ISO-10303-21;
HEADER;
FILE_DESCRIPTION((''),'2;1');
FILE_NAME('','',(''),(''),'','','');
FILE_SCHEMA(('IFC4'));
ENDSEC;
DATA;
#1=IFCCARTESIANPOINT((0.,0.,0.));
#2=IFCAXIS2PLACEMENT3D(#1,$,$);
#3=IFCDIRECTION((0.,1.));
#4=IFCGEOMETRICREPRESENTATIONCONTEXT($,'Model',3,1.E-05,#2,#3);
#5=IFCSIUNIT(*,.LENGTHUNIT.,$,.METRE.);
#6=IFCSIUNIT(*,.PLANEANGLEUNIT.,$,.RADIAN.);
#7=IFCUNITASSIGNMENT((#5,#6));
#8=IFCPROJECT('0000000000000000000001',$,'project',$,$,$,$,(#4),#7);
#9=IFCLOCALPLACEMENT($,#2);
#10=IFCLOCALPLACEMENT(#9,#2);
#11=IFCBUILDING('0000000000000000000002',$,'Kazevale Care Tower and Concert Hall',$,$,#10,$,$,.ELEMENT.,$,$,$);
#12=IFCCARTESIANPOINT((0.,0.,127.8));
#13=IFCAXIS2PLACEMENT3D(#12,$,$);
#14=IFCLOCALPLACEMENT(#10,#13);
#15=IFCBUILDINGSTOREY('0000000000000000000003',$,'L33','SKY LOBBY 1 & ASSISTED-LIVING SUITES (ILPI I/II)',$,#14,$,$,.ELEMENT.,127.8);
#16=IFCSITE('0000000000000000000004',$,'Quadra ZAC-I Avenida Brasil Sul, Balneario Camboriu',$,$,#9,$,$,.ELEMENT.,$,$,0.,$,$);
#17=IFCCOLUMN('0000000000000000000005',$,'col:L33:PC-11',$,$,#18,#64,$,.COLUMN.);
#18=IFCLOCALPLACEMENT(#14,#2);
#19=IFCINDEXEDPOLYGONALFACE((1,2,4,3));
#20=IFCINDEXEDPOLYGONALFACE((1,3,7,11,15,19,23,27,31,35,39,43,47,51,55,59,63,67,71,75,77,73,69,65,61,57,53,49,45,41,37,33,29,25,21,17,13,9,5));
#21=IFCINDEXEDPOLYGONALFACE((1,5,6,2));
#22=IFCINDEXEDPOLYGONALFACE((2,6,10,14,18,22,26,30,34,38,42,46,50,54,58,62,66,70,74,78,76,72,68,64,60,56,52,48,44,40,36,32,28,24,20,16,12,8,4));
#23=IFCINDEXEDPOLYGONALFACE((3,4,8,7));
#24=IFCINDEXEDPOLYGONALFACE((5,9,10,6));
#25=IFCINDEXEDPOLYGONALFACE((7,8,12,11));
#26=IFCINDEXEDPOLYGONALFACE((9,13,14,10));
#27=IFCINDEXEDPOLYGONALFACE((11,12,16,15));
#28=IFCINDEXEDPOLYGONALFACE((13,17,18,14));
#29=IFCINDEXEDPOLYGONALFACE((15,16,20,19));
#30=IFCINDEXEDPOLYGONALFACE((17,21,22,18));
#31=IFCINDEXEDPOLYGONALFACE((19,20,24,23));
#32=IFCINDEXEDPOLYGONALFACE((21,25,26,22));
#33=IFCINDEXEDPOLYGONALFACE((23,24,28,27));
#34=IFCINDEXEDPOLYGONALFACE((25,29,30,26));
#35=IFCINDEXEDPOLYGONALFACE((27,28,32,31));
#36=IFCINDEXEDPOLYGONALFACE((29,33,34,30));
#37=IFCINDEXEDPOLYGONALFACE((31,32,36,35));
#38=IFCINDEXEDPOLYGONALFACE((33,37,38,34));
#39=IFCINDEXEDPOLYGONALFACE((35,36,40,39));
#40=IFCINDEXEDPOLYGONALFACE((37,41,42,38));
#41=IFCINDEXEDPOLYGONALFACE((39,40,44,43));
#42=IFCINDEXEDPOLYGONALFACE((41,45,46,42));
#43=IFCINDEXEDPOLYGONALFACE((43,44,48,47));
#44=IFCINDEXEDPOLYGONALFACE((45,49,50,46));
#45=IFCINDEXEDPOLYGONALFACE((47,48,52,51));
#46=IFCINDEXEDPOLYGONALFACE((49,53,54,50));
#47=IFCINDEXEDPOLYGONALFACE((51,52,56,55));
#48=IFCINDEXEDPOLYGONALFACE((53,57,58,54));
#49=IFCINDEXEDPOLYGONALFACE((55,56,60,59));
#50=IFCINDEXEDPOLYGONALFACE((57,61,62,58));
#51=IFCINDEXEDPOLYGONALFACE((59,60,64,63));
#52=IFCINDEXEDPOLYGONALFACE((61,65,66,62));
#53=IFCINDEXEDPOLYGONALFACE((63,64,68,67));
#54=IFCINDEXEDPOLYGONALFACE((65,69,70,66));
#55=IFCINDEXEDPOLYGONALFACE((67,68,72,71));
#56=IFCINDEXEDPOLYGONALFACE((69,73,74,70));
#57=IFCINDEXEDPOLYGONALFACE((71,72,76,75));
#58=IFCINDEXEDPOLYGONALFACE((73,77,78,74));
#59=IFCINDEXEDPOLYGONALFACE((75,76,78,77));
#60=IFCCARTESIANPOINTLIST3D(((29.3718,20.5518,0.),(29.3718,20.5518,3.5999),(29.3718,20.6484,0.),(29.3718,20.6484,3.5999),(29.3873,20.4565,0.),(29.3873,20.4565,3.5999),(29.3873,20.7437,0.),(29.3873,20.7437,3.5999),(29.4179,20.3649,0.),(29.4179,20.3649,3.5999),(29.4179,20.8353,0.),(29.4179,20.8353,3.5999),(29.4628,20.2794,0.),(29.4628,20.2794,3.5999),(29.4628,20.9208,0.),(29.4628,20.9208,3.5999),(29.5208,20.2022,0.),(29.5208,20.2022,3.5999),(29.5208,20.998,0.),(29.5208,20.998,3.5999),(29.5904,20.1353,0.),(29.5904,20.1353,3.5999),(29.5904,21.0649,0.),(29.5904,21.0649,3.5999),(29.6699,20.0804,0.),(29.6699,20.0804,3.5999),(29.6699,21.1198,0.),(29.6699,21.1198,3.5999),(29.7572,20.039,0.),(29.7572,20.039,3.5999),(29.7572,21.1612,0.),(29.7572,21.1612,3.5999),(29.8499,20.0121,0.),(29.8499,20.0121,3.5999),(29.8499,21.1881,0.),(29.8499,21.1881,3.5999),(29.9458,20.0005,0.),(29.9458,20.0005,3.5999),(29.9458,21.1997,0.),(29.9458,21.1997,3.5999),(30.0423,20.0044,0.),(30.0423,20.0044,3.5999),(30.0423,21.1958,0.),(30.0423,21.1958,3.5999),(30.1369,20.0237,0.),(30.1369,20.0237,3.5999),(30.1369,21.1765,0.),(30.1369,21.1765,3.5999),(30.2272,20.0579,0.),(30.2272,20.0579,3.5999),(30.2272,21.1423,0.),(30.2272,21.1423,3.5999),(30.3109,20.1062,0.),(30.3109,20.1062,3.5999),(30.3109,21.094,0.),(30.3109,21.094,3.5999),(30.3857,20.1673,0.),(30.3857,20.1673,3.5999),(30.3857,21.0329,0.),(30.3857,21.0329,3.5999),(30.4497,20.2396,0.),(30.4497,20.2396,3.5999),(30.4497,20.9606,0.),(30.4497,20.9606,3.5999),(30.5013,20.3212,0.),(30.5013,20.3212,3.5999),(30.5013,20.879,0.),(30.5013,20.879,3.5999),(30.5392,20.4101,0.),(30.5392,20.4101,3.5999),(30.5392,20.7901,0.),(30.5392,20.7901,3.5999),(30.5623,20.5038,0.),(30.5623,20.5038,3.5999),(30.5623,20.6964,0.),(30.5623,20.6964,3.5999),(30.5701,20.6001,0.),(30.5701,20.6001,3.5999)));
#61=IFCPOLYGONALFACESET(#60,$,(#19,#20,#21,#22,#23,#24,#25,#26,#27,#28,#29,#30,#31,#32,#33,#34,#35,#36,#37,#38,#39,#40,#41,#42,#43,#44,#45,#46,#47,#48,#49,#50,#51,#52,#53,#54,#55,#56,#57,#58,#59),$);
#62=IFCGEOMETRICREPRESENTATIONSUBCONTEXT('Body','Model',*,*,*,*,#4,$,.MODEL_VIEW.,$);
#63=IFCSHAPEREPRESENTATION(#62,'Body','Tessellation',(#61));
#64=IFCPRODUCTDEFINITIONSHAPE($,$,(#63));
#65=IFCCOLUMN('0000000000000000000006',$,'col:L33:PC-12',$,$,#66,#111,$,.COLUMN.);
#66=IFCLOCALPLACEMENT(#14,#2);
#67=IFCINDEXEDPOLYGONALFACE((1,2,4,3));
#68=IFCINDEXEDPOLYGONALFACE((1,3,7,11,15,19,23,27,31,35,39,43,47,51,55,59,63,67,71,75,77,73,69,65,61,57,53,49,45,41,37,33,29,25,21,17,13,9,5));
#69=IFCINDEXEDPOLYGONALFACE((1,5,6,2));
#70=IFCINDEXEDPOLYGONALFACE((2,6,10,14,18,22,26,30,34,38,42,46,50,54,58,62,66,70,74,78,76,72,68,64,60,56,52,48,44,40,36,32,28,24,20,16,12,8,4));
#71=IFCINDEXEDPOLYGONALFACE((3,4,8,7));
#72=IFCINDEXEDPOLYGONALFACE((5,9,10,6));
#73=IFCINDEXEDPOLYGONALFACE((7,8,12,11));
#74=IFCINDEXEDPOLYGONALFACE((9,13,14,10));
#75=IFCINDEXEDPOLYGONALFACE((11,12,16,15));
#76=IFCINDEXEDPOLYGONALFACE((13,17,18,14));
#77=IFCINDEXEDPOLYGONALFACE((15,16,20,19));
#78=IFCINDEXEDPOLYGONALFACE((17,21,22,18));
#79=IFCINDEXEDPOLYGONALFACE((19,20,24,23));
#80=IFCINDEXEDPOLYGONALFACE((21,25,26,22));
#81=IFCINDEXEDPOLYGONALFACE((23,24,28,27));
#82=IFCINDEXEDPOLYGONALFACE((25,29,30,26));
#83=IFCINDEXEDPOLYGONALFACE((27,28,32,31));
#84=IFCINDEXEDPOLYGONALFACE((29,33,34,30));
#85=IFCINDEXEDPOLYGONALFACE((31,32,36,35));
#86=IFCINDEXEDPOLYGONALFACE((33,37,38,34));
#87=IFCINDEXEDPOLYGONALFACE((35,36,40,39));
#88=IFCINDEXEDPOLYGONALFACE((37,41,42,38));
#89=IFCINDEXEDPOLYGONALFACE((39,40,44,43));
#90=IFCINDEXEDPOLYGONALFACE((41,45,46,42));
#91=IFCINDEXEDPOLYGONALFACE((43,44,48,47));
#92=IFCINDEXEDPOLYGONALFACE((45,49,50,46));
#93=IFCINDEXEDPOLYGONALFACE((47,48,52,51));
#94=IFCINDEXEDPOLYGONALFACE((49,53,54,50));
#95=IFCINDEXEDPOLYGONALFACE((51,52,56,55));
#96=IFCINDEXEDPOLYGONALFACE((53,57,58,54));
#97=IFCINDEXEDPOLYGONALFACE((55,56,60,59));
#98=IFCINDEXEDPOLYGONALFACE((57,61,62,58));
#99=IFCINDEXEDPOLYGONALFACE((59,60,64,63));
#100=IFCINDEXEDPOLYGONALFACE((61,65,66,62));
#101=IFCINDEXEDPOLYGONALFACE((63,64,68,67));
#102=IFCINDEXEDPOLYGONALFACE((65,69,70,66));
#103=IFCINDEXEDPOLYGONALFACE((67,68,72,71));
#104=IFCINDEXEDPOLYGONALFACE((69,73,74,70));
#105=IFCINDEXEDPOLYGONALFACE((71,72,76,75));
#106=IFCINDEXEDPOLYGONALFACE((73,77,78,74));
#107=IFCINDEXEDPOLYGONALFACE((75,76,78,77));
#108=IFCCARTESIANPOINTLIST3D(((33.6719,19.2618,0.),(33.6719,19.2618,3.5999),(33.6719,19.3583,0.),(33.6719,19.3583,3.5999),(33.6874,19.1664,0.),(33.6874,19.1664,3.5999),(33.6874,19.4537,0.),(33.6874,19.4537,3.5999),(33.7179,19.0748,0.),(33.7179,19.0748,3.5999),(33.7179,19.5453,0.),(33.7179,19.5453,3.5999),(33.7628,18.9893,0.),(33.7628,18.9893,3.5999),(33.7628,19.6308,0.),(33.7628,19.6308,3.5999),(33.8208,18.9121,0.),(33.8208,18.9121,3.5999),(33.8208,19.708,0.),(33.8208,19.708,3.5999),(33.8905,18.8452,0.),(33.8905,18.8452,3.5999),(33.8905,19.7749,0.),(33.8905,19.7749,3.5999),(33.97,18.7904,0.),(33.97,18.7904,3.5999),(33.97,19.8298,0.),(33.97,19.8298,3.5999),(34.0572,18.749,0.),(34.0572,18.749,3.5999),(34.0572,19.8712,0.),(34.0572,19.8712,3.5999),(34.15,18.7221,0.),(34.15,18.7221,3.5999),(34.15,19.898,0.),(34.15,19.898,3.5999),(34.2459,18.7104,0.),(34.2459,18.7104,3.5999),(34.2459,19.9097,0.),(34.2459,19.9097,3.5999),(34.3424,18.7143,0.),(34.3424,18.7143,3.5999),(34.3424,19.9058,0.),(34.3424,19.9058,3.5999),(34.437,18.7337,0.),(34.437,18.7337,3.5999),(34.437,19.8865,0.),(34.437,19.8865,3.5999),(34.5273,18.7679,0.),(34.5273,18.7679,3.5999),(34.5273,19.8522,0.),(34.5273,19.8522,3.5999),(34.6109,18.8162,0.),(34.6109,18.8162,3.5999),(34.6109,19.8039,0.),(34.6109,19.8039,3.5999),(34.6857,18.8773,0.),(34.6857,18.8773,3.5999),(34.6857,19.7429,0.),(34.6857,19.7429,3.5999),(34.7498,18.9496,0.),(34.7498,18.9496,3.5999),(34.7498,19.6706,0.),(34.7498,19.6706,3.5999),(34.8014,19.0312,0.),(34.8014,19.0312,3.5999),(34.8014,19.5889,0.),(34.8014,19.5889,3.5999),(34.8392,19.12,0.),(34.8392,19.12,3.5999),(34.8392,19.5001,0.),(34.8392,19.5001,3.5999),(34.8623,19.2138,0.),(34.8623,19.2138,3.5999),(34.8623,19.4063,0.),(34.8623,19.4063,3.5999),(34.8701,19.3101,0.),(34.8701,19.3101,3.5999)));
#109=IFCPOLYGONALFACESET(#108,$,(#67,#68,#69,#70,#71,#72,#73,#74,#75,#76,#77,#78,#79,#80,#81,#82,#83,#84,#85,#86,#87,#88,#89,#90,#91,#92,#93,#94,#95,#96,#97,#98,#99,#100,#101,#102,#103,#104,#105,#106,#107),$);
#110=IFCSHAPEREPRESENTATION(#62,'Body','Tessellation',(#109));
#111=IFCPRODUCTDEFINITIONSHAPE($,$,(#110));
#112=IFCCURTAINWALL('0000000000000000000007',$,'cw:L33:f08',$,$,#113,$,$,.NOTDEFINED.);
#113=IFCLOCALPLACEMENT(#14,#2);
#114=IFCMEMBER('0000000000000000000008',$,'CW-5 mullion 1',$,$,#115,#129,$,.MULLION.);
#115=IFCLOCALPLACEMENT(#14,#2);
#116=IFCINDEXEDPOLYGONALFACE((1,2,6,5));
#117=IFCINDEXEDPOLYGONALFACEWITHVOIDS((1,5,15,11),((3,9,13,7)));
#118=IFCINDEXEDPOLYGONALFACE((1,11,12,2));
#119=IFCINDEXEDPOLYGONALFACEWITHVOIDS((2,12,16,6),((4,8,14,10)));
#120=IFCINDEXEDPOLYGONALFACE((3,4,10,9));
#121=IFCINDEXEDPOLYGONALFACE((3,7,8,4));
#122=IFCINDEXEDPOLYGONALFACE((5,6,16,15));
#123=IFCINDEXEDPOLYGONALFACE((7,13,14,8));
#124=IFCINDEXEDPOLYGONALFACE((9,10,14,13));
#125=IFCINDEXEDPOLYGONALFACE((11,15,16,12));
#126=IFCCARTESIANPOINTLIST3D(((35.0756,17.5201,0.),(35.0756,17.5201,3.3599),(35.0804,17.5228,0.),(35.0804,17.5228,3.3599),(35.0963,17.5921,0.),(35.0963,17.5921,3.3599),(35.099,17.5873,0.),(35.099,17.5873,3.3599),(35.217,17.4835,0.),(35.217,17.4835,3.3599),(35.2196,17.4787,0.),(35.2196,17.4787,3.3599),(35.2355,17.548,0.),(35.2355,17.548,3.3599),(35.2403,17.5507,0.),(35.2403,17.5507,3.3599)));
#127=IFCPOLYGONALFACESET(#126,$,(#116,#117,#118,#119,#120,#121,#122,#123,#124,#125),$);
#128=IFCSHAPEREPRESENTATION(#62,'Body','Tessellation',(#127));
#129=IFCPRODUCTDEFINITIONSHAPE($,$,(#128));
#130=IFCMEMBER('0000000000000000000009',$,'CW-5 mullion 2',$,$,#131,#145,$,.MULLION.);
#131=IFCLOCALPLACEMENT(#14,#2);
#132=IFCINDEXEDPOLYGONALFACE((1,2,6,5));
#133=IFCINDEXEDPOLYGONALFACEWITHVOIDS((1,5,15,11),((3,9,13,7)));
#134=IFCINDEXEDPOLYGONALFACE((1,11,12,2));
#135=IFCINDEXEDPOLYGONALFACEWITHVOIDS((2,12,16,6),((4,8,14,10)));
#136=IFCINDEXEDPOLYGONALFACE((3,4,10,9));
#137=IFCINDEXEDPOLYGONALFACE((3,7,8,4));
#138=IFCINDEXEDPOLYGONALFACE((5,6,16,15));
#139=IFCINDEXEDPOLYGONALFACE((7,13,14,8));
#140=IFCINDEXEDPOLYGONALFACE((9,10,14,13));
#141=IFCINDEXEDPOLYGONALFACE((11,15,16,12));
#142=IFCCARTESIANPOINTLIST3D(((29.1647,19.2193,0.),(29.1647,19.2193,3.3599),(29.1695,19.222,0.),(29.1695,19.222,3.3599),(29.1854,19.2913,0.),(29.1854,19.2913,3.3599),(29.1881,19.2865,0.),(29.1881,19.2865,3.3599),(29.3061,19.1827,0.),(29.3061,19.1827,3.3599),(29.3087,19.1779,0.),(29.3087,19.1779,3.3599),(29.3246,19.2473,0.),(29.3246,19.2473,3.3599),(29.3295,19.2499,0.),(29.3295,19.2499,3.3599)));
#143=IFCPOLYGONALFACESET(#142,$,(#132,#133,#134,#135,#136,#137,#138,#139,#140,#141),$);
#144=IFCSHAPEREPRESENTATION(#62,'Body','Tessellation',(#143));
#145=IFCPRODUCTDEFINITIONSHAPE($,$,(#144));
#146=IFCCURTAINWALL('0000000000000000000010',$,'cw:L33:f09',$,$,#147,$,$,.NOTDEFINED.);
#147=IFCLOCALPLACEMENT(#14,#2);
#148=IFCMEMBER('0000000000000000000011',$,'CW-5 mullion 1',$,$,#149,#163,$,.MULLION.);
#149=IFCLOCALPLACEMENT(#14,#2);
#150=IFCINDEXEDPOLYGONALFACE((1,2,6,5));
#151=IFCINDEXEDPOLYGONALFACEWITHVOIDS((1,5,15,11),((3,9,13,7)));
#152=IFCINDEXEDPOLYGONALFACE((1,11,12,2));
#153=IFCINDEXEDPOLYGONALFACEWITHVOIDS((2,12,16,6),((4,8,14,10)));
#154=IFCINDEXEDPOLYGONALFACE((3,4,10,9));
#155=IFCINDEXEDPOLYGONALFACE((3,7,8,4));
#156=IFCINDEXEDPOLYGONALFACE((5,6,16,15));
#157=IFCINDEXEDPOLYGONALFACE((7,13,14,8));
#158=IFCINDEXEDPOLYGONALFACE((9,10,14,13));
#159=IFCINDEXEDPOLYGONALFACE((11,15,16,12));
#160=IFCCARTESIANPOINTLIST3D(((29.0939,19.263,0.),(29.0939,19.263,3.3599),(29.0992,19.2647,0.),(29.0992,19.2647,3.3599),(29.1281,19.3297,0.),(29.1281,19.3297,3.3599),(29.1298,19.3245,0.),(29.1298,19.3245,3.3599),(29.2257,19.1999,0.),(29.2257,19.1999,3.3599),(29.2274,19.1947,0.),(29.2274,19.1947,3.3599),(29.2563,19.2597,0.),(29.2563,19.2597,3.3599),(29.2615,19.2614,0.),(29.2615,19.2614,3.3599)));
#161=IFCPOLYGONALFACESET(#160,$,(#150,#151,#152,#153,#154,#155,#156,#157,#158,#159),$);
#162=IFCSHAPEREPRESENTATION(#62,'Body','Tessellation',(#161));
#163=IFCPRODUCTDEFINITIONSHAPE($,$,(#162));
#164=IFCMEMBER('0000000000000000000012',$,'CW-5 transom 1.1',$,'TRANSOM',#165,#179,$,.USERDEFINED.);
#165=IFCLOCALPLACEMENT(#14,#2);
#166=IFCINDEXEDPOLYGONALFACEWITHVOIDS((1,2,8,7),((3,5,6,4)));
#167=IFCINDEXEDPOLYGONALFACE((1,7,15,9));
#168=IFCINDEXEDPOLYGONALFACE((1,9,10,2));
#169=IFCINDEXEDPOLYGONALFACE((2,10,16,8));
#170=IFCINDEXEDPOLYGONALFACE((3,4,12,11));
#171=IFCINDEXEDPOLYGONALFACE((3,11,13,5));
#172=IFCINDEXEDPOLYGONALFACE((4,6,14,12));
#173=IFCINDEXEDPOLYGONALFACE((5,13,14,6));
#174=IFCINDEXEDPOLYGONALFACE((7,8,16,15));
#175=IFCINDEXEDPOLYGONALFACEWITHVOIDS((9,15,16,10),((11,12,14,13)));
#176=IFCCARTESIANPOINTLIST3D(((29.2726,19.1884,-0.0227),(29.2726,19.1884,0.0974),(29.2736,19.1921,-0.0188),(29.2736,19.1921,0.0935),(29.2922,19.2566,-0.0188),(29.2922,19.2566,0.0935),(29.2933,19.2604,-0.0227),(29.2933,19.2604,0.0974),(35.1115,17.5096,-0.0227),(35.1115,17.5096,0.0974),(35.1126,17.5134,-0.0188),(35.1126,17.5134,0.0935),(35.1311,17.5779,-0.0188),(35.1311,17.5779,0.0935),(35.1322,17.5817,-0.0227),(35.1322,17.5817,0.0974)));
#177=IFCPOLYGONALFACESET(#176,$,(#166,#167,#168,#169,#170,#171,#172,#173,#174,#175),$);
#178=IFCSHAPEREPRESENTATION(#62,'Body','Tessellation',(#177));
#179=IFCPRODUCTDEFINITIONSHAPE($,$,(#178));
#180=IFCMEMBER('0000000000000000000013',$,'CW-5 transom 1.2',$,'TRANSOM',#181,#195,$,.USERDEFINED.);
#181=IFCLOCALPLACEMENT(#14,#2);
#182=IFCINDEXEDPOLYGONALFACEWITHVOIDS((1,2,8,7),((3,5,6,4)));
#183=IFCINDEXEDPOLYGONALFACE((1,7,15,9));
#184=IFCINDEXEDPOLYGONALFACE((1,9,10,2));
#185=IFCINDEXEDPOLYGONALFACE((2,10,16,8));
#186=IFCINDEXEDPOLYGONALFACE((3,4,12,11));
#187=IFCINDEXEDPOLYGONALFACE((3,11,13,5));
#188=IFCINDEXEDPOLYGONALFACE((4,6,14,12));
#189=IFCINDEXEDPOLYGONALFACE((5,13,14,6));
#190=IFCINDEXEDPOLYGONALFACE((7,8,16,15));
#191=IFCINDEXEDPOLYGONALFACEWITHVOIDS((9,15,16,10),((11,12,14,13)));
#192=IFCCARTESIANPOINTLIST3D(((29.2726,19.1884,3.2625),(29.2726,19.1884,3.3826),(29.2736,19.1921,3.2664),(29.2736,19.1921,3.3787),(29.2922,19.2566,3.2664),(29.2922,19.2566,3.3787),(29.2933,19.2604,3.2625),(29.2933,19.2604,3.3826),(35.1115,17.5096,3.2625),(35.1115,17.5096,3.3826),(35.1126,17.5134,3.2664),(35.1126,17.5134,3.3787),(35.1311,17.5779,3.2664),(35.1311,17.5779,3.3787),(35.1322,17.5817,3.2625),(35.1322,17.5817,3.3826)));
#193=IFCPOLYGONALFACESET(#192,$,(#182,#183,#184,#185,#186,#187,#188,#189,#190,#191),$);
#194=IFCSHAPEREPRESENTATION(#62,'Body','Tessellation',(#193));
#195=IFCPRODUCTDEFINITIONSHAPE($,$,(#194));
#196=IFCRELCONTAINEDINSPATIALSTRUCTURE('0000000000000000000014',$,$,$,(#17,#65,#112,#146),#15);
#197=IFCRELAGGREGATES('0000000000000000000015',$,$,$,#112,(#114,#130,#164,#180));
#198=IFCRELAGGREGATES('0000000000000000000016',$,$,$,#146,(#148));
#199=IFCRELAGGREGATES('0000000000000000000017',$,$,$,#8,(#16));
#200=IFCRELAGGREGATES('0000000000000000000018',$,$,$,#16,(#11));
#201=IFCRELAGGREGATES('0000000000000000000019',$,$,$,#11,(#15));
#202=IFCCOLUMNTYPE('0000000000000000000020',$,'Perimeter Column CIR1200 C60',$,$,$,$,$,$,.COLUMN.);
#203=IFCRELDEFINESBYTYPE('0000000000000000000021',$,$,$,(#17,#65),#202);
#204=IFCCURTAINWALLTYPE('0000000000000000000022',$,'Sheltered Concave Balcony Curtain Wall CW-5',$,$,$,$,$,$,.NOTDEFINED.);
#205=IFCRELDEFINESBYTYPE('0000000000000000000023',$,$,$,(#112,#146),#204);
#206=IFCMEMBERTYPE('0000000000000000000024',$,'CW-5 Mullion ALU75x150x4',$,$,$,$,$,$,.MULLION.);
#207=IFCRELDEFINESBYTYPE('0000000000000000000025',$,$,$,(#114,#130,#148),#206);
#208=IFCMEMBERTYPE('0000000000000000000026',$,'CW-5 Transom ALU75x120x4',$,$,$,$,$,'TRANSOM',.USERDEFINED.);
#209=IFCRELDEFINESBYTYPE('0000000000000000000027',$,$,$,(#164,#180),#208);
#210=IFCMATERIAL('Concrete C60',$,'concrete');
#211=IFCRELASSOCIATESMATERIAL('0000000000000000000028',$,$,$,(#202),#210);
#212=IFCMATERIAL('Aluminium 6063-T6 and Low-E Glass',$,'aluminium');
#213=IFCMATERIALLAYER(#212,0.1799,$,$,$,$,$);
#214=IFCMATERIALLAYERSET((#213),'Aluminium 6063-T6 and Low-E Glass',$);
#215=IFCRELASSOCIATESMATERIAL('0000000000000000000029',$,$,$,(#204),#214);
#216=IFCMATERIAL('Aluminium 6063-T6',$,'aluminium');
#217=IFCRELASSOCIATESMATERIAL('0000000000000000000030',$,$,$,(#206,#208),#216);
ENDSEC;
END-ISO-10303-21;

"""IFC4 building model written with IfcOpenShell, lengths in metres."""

from ifc_helpers import new_model, si_unit, direction, frame, origin, origin_2d, place, context, subcontext, project, spatial, hollow_rectangle, circle, extrude, material, layer, layer_set, material_profile, profile_set, type_object, element, aggregate, save


model = new_model("IFC4")

# Units and contexts
model_context = context("Model", 3, precision=1e-05, world=origin(), true_north=direction((0.0, 1.0)))
body_context = subcontext(model_context, "Body", "Model", "MODEL_VIEW")
ifc_project = project(units=[si_unit("LENGTHUNIT", "METRE"), si_unit("PLANEANGLEUNIT", "RADIAN")], contexts=[model_context])

# Site, building, storey
site_placement = place(None, origin())
site = spatial("IfcSite", under=ifc_project, at=site_placement, Name="Quadra ZAC-I Avenida Brasil Sul, Balneario Camboriu", CompositionType="ELEMENT", RefElevation=0.0)
building_placement = place(site_placement, origin())
building = spatial("IfcBuilding", under=site, at=building_placement, Name="Kazevale Care Tower and Concert Hall", CompositionType="ELEMENT")
storey_placement = place(building_placement, frame((0.0, 0.0, 127.8)))
storey = spatial("IfcBuildingStorey", under=building, at=storey_placement, Name="L33", Description="SKY LOBBY 1 & ASSISTED-LIVING SUITES (ILPI I/II)", CompositionType="ELEMENT", Elevation=127.8)

# Columns
ifc_material_1 = material(Name="Concrete C60", Category="concrete")
ifc_material_profile_1 = material_profile(ifc_material_1, circle(Radius=0.6001, at=origin_2d()), Name="RC-CIR1200")
ifc_profile_set_1 = profile_set([ifc_material_profile_1], Name="Concrete C60")
column_type = type_object("IfcColumnType", Name="Perimeter Column CIR1200 C60", PredefinedType="COLUMN", material=ifc_profile_set_1)
for number, where, z_axis, x_axis, name in (
    (1, (29.97, 20.6001, 0.0), (0.0, 0.0, 1.0), (1.0, 0.0, 0.0), "col:L33:PC-11"),
    (2, (34.27, 19.3101, 0.0), (0.0, 0.0, 1.0), (1.0, 0.0, 0.0), "col:L33:PC-12"),
):
    element("IfcColumn", number, at=place(storey_placement, frame(where, z_axis=z_axis, x_axis=x_axis)), inside=storey, type_object=column_type, Name=name, PredefinedType="COLUMN", context=body_context, shape_type="SweptSolid", body=[
        extrude(circle(Radius=0.6001, at=origin_2d()), origin(), (0.0, 0.0, 1.0), 3.5999),
    ])

# Curtain wall, members
ifc_material_2 = material(Name="Aluminium 6063-T6 and Low-E Glass", Category="aluminium")
ifc_layer_1 = layer(ifc_material_2, 0.1799)
ifc_layer_set_1 = layer_set([ifc_layer_1], Name="Aluminium 6063-T6 and Low-E Glass")
curtain_wall_type = type_object("IfcCurtainWallType", Name="Sheltered Concave Balcony Curtain Wall CW-5", PredefinedType="NOTDEFINED", material=ifc_layer_set_1)
curtain_wall_1_placement = place(storey_placement, origin())
curtain_wall_1 = element("IfcCurtainWall", 3, at=curtain_wall_1_placement, inside=storey, type_object=curtain_wall_type, Name="cw:L33:f08", PredefinedType="NOTDEFINED")
ifc_material_3 = material(Name="Aluminium 6063-T6", Category="aluminium")
ifc_material_profile_2 = material_profile(ifc_material_3, hollow_rectangle(XDim=0.075, YDim=0.1499, WallThickness=0.0039, at=origin_2d()), Name="ALU75x150x4")
ifc_profile_set_2 = profile_set([ifc_material_profile_2], Name="Aluminium 6063-T6")
member_type_1 = type_object("IfcMemberType", Name="CW-5 Mullion ALU75x150x4", PredefinedType="MULLION", material=ifc_profile_set_2)
member_1_placement = place(storey_placement, frame((35.158, 17.5354, 0.0), z_axis=(0.0, 0.0, 1.0), x_axis=(-0.276291, -0.961074, 0.0)))
member_1 = element("IfcMember", 4, at=member_1_placement, type_object=member_type_1, Name="CW-5 mullion 1", PredefinedType="MULLION", context=body_context, shape_type="SweptSolid", body=[
    extrude(hollow_rectangle(XDim=0.075, YDim=0.1499, WallThickness=0.0039, at=origin_2d()), origin(), (0.0, 0.0, 1.0), 3.3599),
])
member_2_placement = place(storey_placement, frame((29.2471, 19.2346, 0.0), z_axis=(0.0, 0.0, 1.0), x_axis=(-0.276291, -0.961074, 0.0)))
member_2 = element("IfcMember", 5, at=member_2_placement, type_object=member_type_1, Name="CW-5 mullion 2", PredefinedType="MULLION", context=body_context, shape_type="SweptSolid", body=[
    extrude(hollow_rectangle(XDim=0.075, YDim=0.1499, WallThickness=0.0039, at=origin_2d()), origin(), (0.0, 0.0, 1.0), 3.3599),
])

# Curtain wall, member
curtain_wall_2_placement = place(storey_placement, origin())
curtain_wall_2 = element("IfcCurtainWall", 6, at=curtain_wall_2_placement, inside=storey, type_object=curtain_wall_type, Name="cw:L33:f09", PredefinedType="NOTDEFINED")
member_3_placement = place(storey_placement, frame((29.1777, 19.2622, 0.0), z_axis=(0.0, 0.0, 1.0), x_axis=(-0.455713, -0.890127, 0.0)))
member_3 = element("IfcMember", 7, at=member_3_placement, type_object=member_type_1, Name="CW-5 mullion 1", PredefinedType="MULLION", context=body_context, shape_type="SweptSolid", body=[
    extrude(hollow_rectangle(XDim=0.075, YDim=0.1499, WallThickness=0.0039, at=origin_2d()), origin(), (0.0, 0.0, 1.0), 3.3599),
])

# Members
ifc_material_profile_3 = material_profile(ifc_material_3, hollow_rectangle(XDim=0.075, YDim=0.1201, WallThickness=0.0039, at=origin_2d()), Name="ALU75x120x4")
ifc_profile_set_3 = profile_set([ifc_material_profile_3], Name="Aluminium 6063-T6")
member_type_2 = type_object("IfcMemberType", Name="CW-5 Transom ALU75x120x4", ElementType="TRANSOM", PredefinedType="USERDEFINED", material=ifc_profile_set_3)
member_4_placement = place(storey_placement, frame((35.1218, 17.5457, 0.0374), z_axis=(-0.961068, 0.276313, 0.0), x_axis=(-0.276313, -0.961068, 0.0)))
member_4 = element("IfcMember", 8, at=member_4_placement, type_object=member_type_2, Name="CW-5 transom 1.1", ObjectType="TRANSOM", PredefinedType="USERDEFINED", context=body_context, shape_type="SweptSolid", body=[
    extrude(hollow_rectangle(XDim=0.075, YDim=0.1201, WallThickness=0.0039, at=origin_2d()), origin(), (0.0, 0.0, 1.0), 6.0754),
])
member_5_placement = place(storey_placement, frame((35.1218, 17.5457, 3.3225), z_axis=(-0.961068, 0.276313, 0.0), x_axis=(-0.276313, -0.961068, 0.0)))
member_5 = element("IfcMember", 9, at=member_5_placement, type_object=member_type_2, Name="CW-5 transom 1.2", ObjectType="TRANSOM", PredefinedType="USERDEFINED", context=body_context, shape_type="SweptSolid", body=[
    extrude(hollow_rectangle(XDim=0.075, YDim=0.1201, WallThickness=0.0039, at=origin_2d()), origin(), (0.0, 0.0, 1.0), 6.0754),
])

aggregate(curtain_wall_1, [member_1, member_2, member_4, member_5])
aggregate(curtain_wall_2, [member_3])

save(model, "model.ifc")
